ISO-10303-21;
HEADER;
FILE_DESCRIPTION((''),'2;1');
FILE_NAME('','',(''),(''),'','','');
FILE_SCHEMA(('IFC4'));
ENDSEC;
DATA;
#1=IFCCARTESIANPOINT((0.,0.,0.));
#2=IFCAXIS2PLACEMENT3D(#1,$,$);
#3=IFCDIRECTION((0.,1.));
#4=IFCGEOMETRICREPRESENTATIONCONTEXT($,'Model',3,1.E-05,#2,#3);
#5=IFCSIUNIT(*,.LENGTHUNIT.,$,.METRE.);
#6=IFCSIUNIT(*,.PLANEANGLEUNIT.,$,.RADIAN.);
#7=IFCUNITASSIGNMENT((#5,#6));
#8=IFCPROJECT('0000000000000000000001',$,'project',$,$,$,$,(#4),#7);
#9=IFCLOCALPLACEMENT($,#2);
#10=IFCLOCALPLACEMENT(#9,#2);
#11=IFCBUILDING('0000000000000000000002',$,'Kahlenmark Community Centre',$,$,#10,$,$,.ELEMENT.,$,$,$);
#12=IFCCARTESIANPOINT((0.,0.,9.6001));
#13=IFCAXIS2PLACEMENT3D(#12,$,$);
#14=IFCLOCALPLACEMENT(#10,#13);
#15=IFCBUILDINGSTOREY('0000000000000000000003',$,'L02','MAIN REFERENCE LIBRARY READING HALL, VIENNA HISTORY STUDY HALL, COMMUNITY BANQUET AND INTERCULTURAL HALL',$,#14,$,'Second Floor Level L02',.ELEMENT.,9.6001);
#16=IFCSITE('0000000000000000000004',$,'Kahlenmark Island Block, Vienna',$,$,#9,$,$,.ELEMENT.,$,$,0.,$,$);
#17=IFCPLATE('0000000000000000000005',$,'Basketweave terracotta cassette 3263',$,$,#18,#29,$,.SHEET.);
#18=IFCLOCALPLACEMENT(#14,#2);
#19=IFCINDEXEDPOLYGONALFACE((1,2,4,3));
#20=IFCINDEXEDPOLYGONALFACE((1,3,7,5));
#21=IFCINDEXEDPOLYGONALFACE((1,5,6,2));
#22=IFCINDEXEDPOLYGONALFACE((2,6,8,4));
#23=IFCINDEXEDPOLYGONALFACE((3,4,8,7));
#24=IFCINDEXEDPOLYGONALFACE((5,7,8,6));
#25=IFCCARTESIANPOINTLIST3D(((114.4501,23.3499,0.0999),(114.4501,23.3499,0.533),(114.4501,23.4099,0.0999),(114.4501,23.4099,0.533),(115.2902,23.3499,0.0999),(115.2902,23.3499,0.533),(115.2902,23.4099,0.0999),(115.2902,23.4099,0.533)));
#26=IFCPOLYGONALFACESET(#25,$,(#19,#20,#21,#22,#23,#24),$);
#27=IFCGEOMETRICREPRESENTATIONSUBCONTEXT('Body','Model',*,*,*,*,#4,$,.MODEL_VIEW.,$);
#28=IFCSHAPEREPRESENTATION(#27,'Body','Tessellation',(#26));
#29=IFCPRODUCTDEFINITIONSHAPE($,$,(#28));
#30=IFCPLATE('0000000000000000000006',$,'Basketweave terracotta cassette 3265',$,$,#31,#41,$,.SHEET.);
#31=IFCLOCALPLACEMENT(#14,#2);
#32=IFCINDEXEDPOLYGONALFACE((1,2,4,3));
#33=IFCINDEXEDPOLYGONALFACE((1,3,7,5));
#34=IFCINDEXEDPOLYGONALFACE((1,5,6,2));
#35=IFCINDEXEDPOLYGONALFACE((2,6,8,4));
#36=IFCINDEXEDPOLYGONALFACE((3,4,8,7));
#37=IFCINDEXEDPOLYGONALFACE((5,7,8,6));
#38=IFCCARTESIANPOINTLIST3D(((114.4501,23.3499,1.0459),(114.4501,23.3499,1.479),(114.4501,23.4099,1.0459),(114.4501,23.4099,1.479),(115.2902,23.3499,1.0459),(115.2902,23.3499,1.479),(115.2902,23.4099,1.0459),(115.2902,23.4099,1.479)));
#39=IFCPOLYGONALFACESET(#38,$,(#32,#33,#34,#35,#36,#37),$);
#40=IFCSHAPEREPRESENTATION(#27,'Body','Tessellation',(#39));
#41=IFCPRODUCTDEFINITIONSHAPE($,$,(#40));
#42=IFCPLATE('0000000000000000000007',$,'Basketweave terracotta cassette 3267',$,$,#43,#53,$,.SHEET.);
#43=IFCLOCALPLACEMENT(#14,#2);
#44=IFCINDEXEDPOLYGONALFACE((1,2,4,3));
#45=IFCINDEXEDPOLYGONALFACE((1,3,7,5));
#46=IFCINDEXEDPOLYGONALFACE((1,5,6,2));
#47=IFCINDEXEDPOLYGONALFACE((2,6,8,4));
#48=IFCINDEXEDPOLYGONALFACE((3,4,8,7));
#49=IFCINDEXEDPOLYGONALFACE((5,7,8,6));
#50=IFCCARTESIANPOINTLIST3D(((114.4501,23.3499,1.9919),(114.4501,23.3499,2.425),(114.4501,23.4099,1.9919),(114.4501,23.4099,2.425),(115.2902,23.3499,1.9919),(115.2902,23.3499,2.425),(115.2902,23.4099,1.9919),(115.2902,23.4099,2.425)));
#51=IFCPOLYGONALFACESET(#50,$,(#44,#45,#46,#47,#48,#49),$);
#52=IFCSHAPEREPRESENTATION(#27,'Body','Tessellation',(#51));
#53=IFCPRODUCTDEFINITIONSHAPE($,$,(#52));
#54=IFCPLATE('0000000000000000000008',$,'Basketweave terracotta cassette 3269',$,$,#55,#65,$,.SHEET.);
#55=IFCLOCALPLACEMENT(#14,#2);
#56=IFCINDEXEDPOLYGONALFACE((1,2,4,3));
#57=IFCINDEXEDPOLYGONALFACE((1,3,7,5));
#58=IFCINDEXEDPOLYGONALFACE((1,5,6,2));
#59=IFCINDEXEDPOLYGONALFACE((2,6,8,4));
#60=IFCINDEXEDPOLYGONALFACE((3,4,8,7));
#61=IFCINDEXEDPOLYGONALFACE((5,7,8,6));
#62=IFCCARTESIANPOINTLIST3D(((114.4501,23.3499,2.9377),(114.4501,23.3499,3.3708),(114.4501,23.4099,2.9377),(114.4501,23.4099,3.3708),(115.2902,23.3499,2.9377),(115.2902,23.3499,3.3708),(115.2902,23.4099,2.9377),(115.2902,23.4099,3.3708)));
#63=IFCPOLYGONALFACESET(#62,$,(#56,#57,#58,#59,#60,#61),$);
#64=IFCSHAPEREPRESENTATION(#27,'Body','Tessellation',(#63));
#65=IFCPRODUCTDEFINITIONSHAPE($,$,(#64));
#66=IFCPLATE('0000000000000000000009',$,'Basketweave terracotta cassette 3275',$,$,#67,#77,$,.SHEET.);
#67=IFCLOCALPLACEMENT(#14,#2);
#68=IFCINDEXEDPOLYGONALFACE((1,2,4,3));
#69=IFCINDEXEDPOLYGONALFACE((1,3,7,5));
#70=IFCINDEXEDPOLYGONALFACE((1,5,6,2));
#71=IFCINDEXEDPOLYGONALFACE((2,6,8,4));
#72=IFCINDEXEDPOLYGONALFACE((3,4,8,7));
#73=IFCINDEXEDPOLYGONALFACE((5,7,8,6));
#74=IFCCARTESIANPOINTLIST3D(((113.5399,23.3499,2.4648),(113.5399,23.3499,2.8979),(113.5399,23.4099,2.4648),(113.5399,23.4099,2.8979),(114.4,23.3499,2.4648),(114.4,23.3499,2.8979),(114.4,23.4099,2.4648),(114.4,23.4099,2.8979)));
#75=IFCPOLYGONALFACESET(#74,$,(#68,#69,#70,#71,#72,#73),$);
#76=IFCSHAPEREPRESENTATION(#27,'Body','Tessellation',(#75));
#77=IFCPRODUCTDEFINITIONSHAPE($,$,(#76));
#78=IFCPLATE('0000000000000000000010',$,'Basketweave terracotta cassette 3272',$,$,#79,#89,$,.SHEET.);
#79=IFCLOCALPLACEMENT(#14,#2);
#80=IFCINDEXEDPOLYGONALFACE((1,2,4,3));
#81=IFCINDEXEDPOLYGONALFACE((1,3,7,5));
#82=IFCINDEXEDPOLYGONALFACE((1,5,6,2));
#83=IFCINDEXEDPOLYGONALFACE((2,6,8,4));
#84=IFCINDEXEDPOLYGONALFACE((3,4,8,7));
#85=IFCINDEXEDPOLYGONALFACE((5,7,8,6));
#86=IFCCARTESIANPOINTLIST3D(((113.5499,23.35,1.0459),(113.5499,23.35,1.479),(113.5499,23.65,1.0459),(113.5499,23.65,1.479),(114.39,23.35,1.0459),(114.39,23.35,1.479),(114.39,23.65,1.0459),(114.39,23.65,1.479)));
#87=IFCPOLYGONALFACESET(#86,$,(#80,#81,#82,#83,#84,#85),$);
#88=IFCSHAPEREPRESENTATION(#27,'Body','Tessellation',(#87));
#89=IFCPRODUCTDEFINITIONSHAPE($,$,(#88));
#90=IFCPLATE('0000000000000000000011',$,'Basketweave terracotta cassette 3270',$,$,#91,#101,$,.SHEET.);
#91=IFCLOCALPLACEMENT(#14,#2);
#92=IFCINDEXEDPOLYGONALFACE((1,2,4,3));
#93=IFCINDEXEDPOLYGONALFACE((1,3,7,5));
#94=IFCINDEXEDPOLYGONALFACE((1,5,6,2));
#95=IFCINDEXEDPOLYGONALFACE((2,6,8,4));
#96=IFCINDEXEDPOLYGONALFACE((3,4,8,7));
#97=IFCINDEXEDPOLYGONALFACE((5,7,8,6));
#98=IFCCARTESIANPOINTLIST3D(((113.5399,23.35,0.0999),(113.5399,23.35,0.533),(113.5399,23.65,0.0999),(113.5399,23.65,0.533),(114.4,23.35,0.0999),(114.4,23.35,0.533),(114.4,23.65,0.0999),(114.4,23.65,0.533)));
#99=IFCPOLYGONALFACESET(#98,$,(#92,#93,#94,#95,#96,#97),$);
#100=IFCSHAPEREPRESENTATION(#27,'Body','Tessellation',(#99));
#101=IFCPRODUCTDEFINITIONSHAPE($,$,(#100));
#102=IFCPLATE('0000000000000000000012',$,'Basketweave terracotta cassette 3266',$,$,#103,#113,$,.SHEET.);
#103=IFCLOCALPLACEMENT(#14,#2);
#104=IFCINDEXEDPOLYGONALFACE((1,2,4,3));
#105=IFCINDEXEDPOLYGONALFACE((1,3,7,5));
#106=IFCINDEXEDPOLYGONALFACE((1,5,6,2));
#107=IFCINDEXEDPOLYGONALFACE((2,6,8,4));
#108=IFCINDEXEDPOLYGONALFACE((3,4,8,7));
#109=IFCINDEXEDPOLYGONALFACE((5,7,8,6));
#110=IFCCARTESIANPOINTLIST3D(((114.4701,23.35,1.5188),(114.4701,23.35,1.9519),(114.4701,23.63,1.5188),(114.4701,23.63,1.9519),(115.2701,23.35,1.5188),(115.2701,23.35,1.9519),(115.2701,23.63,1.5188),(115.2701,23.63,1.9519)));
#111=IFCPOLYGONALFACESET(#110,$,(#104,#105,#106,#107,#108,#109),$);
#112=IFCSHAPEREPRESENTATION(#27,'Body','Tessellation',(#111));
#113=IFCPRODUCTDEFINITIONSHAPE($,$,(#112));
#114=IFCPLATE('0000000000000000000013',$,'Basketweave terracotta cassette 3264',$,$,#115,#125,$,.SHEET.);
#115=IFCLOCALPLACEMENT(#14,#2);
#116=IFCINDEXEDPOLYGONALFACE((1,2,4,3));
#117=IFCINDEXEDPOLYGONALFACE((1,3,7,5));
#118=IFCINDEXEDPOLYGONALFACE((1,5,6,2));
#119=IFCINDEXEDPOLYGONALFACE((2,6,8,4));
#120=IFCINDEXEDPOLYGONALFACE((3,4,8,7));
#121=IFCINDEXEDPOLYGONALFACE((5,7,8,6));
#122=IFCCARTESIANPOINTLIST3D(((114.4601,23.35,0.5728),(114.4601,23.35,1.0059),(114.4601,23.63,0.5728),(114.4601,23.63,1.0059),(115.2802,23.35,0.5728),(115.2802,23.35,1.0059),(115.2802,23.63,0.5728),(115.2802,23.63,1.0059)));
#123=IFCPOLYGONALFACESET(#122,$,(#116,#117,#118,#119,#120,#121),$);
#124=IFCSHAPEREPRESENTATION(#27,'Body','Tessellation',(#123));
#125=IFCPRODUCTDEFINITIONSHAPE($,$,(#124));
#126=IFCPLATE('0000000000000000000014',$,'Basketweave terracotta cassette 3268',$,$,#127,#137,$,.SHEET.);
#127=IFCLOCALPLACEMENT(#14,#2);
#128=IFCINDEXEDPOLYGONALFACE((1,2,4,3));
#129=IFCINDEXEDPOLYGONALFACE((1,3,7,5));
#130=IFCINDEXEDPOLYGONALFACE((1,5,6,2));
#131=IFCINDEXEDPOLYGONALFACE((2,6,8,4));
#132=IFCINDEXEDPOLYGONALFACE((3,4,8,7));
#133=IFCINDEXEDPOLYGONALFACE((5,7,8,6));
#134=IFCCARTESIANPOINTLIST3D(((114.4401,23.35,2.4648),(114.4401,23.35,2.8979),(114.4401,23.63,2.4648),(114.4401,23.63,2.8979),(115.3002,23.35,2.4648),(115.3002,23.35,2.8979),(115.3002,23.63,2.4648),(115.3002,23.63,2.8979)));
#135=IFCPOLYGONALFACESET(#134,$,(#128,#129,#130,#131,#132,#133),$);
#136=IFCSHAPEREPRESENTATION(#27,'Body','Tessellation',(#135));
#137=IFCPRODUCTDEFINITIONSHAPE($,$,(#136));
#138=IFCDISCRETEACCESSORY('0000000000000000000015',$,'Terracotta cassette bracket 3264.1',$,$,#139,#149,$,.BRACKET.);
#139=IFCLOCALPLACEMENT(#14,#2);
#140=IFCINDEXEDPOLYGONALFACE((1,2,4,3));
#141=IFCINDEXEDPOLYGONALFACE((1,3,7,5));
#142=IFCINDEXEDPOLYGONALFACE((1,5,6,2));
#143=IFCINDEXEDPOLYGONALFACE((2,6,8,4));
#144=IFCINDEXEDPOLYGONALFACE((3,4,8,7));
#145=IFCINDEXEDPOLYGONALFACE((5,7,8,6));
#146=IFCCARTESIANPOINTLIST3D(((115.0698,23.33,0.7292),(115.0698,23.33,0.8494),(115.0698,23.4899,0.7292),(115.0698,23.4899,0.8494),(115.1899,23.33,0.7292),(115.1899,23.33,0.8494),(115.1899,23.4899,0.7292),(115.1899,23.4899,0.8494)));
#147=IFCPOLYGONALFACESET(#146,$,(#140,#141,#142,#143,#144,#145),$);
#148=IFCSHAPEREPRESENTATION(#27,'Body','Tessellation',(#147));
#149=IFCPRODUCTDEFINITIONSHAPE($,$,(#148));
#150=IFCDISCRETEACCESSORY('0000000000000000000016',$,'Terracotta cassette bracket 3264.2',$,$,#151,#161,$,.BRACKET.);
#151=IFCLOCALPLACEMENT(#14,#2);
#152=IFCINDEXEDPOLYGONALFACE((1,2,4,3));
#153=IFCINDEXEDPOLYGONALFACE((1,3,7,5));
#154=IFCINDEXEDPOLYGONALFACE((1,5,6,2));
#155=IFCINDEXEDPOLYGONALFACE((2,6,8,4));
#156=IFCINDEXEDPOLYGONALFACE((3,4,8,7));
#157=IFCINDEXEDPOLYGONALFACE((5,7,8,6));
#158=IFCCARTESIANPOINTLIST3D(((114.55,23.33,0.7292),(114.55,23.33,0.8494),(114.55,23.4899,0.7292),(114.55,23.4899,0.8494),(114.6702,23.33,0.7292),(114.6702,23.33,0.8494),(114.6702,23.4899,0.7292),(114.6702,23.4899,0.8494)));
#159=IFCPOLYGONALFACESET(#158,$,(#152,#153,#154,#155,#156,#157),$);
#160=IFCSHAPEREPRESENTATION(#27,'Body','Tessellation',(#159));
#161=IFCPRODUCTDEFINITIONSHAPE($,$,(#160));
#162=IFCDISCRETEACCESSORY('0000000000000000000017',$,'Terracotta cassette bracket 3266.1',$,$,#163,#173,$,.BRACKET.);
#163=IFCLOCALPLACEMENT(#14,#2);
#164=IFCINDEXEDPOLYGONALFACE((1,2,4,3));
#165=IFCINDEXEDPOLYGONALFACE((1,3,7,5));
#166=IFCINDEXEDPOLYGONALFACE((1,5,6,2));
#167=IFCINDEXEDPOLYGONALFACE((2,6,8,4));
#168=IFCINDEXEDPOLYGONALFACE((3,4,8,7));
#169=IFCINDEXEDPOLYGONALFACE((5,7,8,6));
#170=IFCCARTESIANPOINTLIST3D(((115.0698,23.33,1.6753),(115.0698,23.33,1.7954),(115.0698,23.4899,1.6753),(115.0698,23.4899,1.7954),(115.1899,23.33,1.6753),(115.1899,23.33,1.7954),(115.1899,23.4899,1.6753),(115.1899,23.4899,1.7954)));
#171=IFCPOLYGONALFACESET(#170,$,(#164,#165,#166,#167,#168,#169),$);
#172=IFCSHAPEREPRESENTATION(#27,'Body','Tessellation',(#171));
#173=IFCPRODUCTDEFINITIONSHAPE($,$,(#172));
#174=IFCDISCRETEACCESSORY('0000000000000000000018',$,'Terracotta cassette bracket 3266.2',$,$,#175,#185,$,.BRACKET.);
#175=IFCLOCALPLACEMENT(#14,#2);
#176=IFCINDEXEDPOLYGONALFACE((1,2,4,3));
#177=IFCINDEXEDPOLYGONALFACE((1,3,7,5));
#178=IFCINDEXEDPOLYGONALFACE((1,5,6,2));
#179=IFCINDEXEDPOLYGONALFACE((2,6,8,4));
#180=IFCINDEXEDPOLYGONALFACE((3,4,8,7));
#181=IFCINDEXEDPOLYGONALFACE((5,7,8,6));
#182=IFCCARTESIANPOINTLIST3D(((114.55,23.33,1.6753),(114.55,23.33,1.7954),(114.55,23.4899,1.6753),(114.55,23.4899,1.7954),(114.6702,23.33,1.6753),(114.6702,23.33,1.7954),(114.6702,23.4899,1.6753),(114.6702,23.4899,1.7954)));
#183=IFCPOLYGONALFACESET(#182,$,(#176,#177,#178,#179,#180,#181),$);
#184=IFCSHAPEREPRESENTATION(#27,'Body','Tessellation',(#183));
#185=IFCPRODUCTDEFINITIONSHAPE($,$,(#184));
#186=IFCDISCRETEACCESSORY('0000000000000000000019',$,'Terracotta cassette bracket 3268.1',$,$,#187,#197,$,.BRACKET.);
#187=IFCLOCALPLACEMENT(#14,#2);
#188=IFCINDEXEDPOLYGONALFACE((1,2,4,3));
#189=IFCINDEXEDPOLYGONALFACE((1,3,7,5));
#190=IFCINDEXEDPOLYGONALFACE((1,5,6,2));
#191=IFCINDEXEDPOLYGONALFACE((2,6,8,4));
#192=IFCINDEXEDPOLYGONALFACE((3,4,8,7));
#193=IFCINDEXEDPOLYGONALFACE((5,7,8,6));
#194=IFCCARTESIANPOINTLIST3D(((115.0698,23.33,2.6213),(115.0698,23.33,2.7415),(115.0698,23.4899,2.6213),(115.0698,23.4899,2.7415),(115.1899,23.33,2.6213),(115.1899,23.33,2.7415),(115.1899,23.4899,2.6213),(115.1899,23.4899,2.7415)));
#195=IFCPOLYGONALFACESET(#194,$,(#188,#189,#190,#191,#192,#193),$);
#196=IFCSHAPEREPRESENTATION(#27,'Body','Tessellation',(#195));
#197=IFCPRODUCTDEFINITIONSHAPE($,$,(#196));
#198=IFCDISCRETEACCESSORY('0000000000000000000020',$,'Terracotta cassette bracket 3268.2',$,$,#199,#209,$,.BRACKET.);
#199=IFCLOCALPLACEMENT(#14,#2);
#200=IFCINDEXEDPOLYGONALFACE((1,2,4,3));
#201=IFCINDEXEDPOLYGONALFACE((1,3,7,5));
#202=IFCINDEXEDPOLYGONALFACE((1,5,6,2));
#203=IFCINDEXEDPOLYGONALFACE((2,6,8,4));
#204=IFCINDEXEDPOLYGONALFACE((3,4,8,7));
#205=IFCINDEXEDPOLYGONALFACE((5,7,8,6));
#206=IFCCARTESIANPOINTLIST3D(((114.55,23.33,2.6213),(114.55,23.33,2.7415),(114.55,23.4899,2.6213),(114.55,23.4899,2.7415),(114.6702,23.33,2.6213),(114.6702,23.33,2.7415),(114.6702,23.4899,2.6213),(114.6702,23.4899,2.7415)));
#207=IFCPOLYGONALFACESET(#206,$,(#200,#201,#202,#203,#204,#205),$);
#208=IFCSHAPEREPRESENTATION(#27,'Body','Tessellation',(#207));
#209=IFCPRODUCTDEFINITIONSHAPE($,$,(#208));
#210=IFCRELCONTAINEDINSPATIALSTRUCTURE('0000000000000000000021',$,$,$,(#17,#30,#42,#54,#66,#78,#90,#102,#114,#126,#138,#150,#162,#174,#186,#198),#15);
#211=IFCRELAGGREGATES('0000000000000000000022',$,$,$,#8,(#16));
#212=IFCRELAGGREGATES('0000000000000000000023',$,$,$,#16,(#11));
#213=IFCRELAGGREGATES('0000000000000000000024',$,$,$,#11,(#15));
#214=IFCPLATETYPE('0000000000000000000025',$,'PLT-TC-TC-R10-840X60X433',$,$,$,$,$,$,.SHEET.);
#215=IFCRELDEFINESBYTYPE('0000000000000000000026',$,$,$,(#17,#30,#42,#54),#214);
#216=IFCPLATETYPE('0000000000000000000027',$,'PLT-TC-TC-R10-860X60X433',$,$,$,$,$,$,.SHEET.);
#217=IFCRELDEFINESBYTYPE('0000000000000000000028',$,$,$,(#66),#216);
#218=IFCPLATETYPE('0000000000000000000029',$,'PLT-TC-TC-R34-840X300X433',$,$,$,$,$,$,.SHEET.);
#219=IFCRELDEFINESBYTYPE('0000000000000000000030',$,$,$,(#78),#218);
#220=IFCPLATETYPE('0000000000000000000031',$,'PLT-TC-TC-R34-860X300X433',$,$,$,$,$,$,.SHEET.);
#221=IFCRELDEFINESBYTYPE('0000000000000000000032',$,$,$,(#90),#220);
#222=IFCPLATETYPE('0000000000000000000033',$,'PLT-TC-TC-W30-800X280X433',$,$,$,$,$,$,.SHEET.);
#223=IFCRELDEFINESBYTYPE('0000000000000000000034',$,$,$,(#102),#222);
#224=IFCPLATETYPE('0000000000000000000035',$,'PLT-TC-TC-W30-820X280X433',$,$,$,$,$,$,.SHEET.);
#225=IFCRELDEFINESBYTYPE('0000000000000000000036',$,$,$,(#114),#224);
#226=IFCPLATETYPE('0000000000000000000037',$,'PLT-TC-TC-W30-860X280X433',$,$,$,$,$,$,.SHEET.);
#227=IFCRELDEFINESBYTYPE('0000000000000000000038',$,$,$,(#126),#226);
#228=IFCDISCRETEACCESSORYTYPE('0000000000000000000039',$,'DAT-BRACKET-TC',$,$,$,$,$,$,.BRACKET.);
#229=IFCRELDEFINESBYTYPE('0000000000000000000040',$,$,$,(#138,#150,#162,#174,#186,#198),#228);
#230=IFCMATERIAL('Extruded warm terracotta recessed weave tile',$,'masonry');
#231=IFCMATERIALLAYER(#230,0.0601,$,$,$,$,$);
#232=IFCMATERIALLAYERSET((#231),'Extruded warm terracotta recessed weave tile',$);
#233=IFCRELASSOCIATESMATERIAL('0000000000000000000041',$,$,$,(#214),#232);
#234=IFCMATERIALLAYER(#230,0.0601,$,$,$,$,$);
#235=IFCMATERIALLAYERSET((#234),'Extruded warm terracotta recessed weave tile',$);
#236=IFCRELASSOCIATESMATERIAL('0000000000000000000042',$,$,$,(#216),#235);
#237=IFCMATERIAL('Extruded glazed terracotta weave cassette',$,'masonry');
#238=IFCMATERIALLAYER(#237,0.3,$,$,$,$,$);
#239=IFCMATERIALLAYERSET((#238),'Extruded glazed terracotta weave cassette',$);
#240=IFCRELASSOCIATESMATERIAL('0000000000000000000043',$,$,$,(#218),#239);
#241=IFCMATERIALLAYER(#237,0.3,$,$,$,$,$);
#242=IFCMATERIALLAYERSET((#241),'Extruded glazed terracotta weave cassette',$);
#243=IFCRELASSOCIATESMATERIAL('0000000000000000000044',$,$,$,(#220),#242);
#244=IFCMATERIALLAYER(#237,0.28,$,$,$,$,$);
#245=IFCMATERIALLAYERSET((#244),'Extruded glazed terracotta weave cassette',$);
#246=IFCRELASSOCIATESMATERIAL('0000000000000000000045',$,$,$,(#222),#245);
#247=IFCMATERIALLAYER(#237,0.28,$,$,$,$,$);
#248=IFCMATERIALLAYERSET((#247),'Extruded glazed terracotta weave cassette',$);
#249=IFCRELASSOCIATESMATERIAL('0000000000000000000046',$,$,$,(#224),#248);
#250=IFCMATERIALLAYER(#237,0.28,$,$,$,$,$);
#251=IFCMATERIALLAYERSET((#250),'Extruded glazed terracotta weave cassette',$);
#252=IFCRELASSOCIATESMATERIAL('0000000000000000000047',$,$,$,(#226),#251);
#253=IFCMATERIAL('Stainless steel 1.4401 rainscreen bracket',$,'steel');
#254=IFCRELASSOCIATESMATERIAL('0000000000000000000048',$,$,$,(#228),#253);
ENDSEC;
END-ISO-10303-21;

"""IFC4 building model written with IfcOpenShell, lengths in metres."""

from ifc_helpers import new_model, si_unit, direction, frame, origin, origin_2d, place, context, subcontext, project, spatial, rectangle, extrude, material, layer, layer_set, type_object, element, save


model = new_model("IFC4")

# Units and contexts
model_context = context("Model", 3, precision=1e-05, world=origin(), true_north=direction((0.0, 1.0)))
body_context = subcontext(model_context, "Body", "Model", "MODEL_VIEW")
ifc_project = project(units=[si_unit("LENGTHUNIT", "METRE"), si_unit("PLANEANGLEUNIT", "RADIAN")], contexts=[model_context])

# Site, building, storey
site_placement = place(None, origin())
site = spatial("IfcSite", under=ifc_project, at=site_placement, Name="Kahlenmark Island Block, Vienna", CompositionType="ELEMENT", RefElevation=0.0)
building_placement = place(site_placement, origin())
building = spatial("IfcBuilding", under=site, at=building_placement, Name="Kahlenmark Community Centre", CompositionType="ELEMENT")
storey_placement = place(building_placement, frame((0.0, 0.0, 9.6001)))
storey = spatial("IfcBuildingStorey", under=building, at=storey_placement, Name="L02", Description="MAIN REFERENCE LIBRARY READING HALL, VIENNA HISTORY STUDY HALL, COMMUNITY BANQUET AND INTERCULTURAL HALL", LongName="Second Floor Level L02", CompositionType="ELEMENT", Elevation=9.6001)

# Plates
ifc_material_1 = material(Name="Extruded warm terracotta recessed weave tile", Category="masonry")
ifc_layer_1 = layer(ifc_material_1, 0.0601)
ifc_layer_set_1 = layer_set([ifc_layer_1], Name="Extruded warm terracotta recessed weave tile")
plate_type_1 = type_object("IfcPlateType", Name="PLT-TC-TC-R10-840X60X433", PredefinedType="SHEET", material=ifc_layer_set_1)
for number, where, z_axis, x_axis, name in (
    (1, (114.8701, 23.3799, 0.0999), (0.0, 0.0, 1.0), (-1.0, 0.0, 0.0), "Basketweave terracotta cassette 3263"),
    (2, (114.8701, 23.3799, 1.0459), (0.0, 0.0, 1.0), (-1.0, 0.0, 0.0), "Basketweave terracotta cassette 3265"),
    (3, (114.8701, 23.3799, 1.9919), (0.0, 0.0, 1.0), (-1.0, 0.0, 0.0), "Basketweave terracotta cassette 3267"),
    (4, (114.8701, 23.3799, 2.9377), (0.0, 0.0, 1.0), (-1.0, 0.0, 0.0), "Basketweave terracotta cassette 3269"),
):
    element("IfcPlate", number, at=place(storey_placement, frame(where, z_axis=z_axis, x_axis=x_axis)), inside=storey, type_object=plate_type_1, Name=name, PredefinedType="SHEET", context=body_context, shape_type="SweptSolid", body=[
        extrude(rectangle(XDim=0.8401, YDim=0.0601, at=origin_2d()), origin(), (0.0, 0.0, 1.0), 0.4331),
    ])
ifc_layer_2 = layer(ifc_material_1, 0.0601)
ifc_layer_set_2 = layer_set([ifc_layer_2], Name="Extruded warm terracotta recessed weave tile")
plate_type_2 = type_object("IfcPlateType", Name="PLT-TC-TC-R10-860X60X433", PredefinedType="SHEET", material=ifc_layer_set_2)
plate_1_placement = place(storey_placement, frame((113.97, 23.3799, 2.4648), z_axis=(0.0, 0.0, 1.0), x_axis=(-1.0, 0.0, 0.0)))
element("IfcPlate", 5, at=plate_1_placement, inside=storey, type_object=plate_type_2, Name="Basketweave terracotta cassette 3275", PredefinedType="SHEET", context=body_context, shape_type="SweptSolid", body=[
    extrude(rectangle(XDim=0.8601, YDim=0.0601, at=origin_2d()), origin(), (0.0, 0.0, 1.0), 0.4331),
])
ifc_material_2 = material(Name="Extruded glazed terracotta weave cassette", Category="masonry")
ifc_layer_3 = layer(ifc_material_2, 0.3)
ifc_layer_set_3 = layer_set([ifc_layer_3], Name="Extruded glazed terracotta weave cassette")
plate_type_3 = type_object("IfcPlateType", Name="PLT-TC-TC-R34-840X300X433", PredefinedType="SHEET", material=ifc_layer_set_3)
plate_2_placement = place(storey_placement, frame((113.97, 23.5, 1.0459), z_axis=(0.0, 0.0, 1.0), x_axis=(-1.0, 0.0, 0.0)))
element("IfcPlate", 6, at=plate_2_placement, inside=storey, type_object=plate_type_3, Name="Basketweave terracotta cassette 3272", PredefinedType="SHEET", context=body_context, shape_type="SweptSolid", body=[
    extrude(rectangle(XDim=0.8401, YDim=0.3, at=origin_2d()), origin(), (0.0, 0.0, 1.0), 0.4331),
])
ifc_layer_4 = layer(ifc_material_2, 0.3)
ifc_layer_set_4 = layer_set([ifc_layer_4], Name="Extruded glazed terracotta weave cassette")
plate_type_4 = type_object("IfcPlateType", Name="PLT-TC-TC-R34-860X300X433", PredefinedType="SHEET", material=ifc_layer_set_4)
plate_3_placement = place(storey_placement, frame((113.97, 23.5, 0.0999), z_axis=(0.0, 0.0, 1.0), x_axis=(-1.0, 0.0, 0.0)))
element("IfcPlate", 7, at=plate_3_placement, inside=storey, type_object=plate_type_4, Name="Basketweave terracotta cassette 3270", PredefinedType="SHEET", context=body_context, shape_type="SweptSolid", body=[
    extrude(rectangle(XDim=0.8601, YDim=0.3, at=origin_2d()), origin(), (0.0, 0.0, 1.0), 0.4331),
])
ifc_layer_5 = layer(ifc_material_2, 0.28)
ifc_layer_set_5 = layer_set([ifc_layer_5], Name="Extruded glazed terracotta weave cassette")
plate_type_5 = type_object("IfcPlateType", Name="PLT-TC-TC-W30-800X280X433", PredefinedType="SHEET", material=ifc_layer_set_5)
plate_4_placement = place(storey_placement, frame((114.8701, 23.49, 1.5188), z_axis=(0.0, 0.0, 1.0), x_axis=(-1.0, 0.0, 0.0)))
element("IfcPlate", 8, at=plate_4_placement, inside=storey, type_object=plate_type_5, Name="Basketweave terracotta cassette 3266", PredefinedType="SHEET", context=body_context, shape_type="SweptSolid", body=[
    extrude(rectangle(XDim=0.8, YDim=0.28, at=origin_2d()), origin(), (0.0, 0.0, 1.0), 0.4331),
])
ifc_layer_6 = layer(ifc_material_2, 0.28)
ifc_layer_set_6 = layer_set([ifc_layer_6], Name="Extruded glazed terracotta weave cassette")
plate_type_6 = type_object("IfcPlateType", Name="PLT-TC-TC-W30-820X280X433", PredefinedType="SHEET", material=ifc_layer_set_6)
plate_5_placement = place(storey_placement, frame((114.8701, 23.49, 0.5728), z_axis=(0.0, 0.0, 1.0), x_axis=(-1.0, 0.0, 0.0)))
element("IfcPlate", 9, at=plate_5_placement, inside=storey, type_object=plate_type_6, Name="Basketweave terracotta cassette 3264", PredefinedType="SHEET", context=body_context, shape_type="SweptSolid", body=[
    extrude(rectangle(XDim=0.8201, YDim=0.28, at=origin_2d()), origin(), (0.0, 0.0, 1.0), 0.4331),
])
ifc_layer_7 = layer(ifc_material_2, 0.28)
ifc_layer_set_7 = layer_set([ifc_layer_7], Name="Extruded glazed terracotta weave cassette")
plate_type_7 = type_object("IfcPlateType", Name="PLT-TC-TC-W30-860X280X433", PredefinedType="SHEET", material=ifc_layer_set_7)
plate_6_placement = place(storey_placement, frame((114.8701, 23.49, 2.4648), z_axis=(0.0, 0.0, 1.0), x_axis=(-1.0, 0.0, 0.0)))
element("IfcPlate", 10, at=plate_6_placement, inside=storey, type_object=plate_type_7, Name="Basketweave terracotta cassette 3268", PredefinedType="SHEET", context=body_context, shape_type="SweptSolid", body=[
    extrude(rectangle(XDim=0.8601, YDim=0.28, at=origin_2d()), origin(), (0.0, 0.0, 1.0), 0.4331),
])

# Discrete accessories
ifc_material_3 = material(Name="Stainless steel 1.4401 rainscreen bracket", Category="steel")
discrete_accessory_type = type_object("IfcDiscreteAccessoryType", Name="DAT-BRACKET-TC", PredefinedType="BRACKET", material=ifc_material_3)
for number, where, z_axis, x_axis, name in (
    (11, (115.1299, 23.4099, 0.7292), (0.0, 0.0, 1.0), (-1.0, 0.0, 0.0), "Terracotta cassette bracket 3264.1"),
    (12, (114.6101, 23.4099, 0.7292), (0.0, 0.0, 1.0), (-1.0, 0.0, 0.0), "Terracotta cassette bracket 3264.2"),
    (13, (115.1299, 23.4099, 1.6753), (0.0, 0.0, 1.0), (-1.0, 0.0, 0.0), "Terracotta cassette bracket 3266.1"),
    (14, (114.6101, 23.4099, 1.6753), (0.0, 0.0, 1.0), (-1.0, 0.0, 0.0), "Terracotta cassette bracket 3266.2"),
    (15, (115.1299, 23.4099, 2.6213), (0.0, 0.0, 1.0), (-1.0, 0.0, 0.0), "Terracotta cassette bracket 3268.1"),
    (16, (114.6101, 23.4099, 2.6213), (0.0, 0.0, 1.0), (-1.0, 0.0, 0.0), "Terracotta cassette bracket 3268.2"),
):
    element("IfcDiscreteAccessory", number, at=place(storey_placement, frame(where, z_axis=z_axis, x_axis=x_axis)), inside=storey, type_object=discrete_accessory_type, Name=name, PredefinedType="BRACKET", context=body_context, shape_type="SweptSolid", body=[
        extrude(rectangle(XDim=0.1201, YDim=0.1599, at=origin_2d()), origin(), (0.0, 0.0, 1.0), 0.1201),
    ])

save(model, "model.ifc")
